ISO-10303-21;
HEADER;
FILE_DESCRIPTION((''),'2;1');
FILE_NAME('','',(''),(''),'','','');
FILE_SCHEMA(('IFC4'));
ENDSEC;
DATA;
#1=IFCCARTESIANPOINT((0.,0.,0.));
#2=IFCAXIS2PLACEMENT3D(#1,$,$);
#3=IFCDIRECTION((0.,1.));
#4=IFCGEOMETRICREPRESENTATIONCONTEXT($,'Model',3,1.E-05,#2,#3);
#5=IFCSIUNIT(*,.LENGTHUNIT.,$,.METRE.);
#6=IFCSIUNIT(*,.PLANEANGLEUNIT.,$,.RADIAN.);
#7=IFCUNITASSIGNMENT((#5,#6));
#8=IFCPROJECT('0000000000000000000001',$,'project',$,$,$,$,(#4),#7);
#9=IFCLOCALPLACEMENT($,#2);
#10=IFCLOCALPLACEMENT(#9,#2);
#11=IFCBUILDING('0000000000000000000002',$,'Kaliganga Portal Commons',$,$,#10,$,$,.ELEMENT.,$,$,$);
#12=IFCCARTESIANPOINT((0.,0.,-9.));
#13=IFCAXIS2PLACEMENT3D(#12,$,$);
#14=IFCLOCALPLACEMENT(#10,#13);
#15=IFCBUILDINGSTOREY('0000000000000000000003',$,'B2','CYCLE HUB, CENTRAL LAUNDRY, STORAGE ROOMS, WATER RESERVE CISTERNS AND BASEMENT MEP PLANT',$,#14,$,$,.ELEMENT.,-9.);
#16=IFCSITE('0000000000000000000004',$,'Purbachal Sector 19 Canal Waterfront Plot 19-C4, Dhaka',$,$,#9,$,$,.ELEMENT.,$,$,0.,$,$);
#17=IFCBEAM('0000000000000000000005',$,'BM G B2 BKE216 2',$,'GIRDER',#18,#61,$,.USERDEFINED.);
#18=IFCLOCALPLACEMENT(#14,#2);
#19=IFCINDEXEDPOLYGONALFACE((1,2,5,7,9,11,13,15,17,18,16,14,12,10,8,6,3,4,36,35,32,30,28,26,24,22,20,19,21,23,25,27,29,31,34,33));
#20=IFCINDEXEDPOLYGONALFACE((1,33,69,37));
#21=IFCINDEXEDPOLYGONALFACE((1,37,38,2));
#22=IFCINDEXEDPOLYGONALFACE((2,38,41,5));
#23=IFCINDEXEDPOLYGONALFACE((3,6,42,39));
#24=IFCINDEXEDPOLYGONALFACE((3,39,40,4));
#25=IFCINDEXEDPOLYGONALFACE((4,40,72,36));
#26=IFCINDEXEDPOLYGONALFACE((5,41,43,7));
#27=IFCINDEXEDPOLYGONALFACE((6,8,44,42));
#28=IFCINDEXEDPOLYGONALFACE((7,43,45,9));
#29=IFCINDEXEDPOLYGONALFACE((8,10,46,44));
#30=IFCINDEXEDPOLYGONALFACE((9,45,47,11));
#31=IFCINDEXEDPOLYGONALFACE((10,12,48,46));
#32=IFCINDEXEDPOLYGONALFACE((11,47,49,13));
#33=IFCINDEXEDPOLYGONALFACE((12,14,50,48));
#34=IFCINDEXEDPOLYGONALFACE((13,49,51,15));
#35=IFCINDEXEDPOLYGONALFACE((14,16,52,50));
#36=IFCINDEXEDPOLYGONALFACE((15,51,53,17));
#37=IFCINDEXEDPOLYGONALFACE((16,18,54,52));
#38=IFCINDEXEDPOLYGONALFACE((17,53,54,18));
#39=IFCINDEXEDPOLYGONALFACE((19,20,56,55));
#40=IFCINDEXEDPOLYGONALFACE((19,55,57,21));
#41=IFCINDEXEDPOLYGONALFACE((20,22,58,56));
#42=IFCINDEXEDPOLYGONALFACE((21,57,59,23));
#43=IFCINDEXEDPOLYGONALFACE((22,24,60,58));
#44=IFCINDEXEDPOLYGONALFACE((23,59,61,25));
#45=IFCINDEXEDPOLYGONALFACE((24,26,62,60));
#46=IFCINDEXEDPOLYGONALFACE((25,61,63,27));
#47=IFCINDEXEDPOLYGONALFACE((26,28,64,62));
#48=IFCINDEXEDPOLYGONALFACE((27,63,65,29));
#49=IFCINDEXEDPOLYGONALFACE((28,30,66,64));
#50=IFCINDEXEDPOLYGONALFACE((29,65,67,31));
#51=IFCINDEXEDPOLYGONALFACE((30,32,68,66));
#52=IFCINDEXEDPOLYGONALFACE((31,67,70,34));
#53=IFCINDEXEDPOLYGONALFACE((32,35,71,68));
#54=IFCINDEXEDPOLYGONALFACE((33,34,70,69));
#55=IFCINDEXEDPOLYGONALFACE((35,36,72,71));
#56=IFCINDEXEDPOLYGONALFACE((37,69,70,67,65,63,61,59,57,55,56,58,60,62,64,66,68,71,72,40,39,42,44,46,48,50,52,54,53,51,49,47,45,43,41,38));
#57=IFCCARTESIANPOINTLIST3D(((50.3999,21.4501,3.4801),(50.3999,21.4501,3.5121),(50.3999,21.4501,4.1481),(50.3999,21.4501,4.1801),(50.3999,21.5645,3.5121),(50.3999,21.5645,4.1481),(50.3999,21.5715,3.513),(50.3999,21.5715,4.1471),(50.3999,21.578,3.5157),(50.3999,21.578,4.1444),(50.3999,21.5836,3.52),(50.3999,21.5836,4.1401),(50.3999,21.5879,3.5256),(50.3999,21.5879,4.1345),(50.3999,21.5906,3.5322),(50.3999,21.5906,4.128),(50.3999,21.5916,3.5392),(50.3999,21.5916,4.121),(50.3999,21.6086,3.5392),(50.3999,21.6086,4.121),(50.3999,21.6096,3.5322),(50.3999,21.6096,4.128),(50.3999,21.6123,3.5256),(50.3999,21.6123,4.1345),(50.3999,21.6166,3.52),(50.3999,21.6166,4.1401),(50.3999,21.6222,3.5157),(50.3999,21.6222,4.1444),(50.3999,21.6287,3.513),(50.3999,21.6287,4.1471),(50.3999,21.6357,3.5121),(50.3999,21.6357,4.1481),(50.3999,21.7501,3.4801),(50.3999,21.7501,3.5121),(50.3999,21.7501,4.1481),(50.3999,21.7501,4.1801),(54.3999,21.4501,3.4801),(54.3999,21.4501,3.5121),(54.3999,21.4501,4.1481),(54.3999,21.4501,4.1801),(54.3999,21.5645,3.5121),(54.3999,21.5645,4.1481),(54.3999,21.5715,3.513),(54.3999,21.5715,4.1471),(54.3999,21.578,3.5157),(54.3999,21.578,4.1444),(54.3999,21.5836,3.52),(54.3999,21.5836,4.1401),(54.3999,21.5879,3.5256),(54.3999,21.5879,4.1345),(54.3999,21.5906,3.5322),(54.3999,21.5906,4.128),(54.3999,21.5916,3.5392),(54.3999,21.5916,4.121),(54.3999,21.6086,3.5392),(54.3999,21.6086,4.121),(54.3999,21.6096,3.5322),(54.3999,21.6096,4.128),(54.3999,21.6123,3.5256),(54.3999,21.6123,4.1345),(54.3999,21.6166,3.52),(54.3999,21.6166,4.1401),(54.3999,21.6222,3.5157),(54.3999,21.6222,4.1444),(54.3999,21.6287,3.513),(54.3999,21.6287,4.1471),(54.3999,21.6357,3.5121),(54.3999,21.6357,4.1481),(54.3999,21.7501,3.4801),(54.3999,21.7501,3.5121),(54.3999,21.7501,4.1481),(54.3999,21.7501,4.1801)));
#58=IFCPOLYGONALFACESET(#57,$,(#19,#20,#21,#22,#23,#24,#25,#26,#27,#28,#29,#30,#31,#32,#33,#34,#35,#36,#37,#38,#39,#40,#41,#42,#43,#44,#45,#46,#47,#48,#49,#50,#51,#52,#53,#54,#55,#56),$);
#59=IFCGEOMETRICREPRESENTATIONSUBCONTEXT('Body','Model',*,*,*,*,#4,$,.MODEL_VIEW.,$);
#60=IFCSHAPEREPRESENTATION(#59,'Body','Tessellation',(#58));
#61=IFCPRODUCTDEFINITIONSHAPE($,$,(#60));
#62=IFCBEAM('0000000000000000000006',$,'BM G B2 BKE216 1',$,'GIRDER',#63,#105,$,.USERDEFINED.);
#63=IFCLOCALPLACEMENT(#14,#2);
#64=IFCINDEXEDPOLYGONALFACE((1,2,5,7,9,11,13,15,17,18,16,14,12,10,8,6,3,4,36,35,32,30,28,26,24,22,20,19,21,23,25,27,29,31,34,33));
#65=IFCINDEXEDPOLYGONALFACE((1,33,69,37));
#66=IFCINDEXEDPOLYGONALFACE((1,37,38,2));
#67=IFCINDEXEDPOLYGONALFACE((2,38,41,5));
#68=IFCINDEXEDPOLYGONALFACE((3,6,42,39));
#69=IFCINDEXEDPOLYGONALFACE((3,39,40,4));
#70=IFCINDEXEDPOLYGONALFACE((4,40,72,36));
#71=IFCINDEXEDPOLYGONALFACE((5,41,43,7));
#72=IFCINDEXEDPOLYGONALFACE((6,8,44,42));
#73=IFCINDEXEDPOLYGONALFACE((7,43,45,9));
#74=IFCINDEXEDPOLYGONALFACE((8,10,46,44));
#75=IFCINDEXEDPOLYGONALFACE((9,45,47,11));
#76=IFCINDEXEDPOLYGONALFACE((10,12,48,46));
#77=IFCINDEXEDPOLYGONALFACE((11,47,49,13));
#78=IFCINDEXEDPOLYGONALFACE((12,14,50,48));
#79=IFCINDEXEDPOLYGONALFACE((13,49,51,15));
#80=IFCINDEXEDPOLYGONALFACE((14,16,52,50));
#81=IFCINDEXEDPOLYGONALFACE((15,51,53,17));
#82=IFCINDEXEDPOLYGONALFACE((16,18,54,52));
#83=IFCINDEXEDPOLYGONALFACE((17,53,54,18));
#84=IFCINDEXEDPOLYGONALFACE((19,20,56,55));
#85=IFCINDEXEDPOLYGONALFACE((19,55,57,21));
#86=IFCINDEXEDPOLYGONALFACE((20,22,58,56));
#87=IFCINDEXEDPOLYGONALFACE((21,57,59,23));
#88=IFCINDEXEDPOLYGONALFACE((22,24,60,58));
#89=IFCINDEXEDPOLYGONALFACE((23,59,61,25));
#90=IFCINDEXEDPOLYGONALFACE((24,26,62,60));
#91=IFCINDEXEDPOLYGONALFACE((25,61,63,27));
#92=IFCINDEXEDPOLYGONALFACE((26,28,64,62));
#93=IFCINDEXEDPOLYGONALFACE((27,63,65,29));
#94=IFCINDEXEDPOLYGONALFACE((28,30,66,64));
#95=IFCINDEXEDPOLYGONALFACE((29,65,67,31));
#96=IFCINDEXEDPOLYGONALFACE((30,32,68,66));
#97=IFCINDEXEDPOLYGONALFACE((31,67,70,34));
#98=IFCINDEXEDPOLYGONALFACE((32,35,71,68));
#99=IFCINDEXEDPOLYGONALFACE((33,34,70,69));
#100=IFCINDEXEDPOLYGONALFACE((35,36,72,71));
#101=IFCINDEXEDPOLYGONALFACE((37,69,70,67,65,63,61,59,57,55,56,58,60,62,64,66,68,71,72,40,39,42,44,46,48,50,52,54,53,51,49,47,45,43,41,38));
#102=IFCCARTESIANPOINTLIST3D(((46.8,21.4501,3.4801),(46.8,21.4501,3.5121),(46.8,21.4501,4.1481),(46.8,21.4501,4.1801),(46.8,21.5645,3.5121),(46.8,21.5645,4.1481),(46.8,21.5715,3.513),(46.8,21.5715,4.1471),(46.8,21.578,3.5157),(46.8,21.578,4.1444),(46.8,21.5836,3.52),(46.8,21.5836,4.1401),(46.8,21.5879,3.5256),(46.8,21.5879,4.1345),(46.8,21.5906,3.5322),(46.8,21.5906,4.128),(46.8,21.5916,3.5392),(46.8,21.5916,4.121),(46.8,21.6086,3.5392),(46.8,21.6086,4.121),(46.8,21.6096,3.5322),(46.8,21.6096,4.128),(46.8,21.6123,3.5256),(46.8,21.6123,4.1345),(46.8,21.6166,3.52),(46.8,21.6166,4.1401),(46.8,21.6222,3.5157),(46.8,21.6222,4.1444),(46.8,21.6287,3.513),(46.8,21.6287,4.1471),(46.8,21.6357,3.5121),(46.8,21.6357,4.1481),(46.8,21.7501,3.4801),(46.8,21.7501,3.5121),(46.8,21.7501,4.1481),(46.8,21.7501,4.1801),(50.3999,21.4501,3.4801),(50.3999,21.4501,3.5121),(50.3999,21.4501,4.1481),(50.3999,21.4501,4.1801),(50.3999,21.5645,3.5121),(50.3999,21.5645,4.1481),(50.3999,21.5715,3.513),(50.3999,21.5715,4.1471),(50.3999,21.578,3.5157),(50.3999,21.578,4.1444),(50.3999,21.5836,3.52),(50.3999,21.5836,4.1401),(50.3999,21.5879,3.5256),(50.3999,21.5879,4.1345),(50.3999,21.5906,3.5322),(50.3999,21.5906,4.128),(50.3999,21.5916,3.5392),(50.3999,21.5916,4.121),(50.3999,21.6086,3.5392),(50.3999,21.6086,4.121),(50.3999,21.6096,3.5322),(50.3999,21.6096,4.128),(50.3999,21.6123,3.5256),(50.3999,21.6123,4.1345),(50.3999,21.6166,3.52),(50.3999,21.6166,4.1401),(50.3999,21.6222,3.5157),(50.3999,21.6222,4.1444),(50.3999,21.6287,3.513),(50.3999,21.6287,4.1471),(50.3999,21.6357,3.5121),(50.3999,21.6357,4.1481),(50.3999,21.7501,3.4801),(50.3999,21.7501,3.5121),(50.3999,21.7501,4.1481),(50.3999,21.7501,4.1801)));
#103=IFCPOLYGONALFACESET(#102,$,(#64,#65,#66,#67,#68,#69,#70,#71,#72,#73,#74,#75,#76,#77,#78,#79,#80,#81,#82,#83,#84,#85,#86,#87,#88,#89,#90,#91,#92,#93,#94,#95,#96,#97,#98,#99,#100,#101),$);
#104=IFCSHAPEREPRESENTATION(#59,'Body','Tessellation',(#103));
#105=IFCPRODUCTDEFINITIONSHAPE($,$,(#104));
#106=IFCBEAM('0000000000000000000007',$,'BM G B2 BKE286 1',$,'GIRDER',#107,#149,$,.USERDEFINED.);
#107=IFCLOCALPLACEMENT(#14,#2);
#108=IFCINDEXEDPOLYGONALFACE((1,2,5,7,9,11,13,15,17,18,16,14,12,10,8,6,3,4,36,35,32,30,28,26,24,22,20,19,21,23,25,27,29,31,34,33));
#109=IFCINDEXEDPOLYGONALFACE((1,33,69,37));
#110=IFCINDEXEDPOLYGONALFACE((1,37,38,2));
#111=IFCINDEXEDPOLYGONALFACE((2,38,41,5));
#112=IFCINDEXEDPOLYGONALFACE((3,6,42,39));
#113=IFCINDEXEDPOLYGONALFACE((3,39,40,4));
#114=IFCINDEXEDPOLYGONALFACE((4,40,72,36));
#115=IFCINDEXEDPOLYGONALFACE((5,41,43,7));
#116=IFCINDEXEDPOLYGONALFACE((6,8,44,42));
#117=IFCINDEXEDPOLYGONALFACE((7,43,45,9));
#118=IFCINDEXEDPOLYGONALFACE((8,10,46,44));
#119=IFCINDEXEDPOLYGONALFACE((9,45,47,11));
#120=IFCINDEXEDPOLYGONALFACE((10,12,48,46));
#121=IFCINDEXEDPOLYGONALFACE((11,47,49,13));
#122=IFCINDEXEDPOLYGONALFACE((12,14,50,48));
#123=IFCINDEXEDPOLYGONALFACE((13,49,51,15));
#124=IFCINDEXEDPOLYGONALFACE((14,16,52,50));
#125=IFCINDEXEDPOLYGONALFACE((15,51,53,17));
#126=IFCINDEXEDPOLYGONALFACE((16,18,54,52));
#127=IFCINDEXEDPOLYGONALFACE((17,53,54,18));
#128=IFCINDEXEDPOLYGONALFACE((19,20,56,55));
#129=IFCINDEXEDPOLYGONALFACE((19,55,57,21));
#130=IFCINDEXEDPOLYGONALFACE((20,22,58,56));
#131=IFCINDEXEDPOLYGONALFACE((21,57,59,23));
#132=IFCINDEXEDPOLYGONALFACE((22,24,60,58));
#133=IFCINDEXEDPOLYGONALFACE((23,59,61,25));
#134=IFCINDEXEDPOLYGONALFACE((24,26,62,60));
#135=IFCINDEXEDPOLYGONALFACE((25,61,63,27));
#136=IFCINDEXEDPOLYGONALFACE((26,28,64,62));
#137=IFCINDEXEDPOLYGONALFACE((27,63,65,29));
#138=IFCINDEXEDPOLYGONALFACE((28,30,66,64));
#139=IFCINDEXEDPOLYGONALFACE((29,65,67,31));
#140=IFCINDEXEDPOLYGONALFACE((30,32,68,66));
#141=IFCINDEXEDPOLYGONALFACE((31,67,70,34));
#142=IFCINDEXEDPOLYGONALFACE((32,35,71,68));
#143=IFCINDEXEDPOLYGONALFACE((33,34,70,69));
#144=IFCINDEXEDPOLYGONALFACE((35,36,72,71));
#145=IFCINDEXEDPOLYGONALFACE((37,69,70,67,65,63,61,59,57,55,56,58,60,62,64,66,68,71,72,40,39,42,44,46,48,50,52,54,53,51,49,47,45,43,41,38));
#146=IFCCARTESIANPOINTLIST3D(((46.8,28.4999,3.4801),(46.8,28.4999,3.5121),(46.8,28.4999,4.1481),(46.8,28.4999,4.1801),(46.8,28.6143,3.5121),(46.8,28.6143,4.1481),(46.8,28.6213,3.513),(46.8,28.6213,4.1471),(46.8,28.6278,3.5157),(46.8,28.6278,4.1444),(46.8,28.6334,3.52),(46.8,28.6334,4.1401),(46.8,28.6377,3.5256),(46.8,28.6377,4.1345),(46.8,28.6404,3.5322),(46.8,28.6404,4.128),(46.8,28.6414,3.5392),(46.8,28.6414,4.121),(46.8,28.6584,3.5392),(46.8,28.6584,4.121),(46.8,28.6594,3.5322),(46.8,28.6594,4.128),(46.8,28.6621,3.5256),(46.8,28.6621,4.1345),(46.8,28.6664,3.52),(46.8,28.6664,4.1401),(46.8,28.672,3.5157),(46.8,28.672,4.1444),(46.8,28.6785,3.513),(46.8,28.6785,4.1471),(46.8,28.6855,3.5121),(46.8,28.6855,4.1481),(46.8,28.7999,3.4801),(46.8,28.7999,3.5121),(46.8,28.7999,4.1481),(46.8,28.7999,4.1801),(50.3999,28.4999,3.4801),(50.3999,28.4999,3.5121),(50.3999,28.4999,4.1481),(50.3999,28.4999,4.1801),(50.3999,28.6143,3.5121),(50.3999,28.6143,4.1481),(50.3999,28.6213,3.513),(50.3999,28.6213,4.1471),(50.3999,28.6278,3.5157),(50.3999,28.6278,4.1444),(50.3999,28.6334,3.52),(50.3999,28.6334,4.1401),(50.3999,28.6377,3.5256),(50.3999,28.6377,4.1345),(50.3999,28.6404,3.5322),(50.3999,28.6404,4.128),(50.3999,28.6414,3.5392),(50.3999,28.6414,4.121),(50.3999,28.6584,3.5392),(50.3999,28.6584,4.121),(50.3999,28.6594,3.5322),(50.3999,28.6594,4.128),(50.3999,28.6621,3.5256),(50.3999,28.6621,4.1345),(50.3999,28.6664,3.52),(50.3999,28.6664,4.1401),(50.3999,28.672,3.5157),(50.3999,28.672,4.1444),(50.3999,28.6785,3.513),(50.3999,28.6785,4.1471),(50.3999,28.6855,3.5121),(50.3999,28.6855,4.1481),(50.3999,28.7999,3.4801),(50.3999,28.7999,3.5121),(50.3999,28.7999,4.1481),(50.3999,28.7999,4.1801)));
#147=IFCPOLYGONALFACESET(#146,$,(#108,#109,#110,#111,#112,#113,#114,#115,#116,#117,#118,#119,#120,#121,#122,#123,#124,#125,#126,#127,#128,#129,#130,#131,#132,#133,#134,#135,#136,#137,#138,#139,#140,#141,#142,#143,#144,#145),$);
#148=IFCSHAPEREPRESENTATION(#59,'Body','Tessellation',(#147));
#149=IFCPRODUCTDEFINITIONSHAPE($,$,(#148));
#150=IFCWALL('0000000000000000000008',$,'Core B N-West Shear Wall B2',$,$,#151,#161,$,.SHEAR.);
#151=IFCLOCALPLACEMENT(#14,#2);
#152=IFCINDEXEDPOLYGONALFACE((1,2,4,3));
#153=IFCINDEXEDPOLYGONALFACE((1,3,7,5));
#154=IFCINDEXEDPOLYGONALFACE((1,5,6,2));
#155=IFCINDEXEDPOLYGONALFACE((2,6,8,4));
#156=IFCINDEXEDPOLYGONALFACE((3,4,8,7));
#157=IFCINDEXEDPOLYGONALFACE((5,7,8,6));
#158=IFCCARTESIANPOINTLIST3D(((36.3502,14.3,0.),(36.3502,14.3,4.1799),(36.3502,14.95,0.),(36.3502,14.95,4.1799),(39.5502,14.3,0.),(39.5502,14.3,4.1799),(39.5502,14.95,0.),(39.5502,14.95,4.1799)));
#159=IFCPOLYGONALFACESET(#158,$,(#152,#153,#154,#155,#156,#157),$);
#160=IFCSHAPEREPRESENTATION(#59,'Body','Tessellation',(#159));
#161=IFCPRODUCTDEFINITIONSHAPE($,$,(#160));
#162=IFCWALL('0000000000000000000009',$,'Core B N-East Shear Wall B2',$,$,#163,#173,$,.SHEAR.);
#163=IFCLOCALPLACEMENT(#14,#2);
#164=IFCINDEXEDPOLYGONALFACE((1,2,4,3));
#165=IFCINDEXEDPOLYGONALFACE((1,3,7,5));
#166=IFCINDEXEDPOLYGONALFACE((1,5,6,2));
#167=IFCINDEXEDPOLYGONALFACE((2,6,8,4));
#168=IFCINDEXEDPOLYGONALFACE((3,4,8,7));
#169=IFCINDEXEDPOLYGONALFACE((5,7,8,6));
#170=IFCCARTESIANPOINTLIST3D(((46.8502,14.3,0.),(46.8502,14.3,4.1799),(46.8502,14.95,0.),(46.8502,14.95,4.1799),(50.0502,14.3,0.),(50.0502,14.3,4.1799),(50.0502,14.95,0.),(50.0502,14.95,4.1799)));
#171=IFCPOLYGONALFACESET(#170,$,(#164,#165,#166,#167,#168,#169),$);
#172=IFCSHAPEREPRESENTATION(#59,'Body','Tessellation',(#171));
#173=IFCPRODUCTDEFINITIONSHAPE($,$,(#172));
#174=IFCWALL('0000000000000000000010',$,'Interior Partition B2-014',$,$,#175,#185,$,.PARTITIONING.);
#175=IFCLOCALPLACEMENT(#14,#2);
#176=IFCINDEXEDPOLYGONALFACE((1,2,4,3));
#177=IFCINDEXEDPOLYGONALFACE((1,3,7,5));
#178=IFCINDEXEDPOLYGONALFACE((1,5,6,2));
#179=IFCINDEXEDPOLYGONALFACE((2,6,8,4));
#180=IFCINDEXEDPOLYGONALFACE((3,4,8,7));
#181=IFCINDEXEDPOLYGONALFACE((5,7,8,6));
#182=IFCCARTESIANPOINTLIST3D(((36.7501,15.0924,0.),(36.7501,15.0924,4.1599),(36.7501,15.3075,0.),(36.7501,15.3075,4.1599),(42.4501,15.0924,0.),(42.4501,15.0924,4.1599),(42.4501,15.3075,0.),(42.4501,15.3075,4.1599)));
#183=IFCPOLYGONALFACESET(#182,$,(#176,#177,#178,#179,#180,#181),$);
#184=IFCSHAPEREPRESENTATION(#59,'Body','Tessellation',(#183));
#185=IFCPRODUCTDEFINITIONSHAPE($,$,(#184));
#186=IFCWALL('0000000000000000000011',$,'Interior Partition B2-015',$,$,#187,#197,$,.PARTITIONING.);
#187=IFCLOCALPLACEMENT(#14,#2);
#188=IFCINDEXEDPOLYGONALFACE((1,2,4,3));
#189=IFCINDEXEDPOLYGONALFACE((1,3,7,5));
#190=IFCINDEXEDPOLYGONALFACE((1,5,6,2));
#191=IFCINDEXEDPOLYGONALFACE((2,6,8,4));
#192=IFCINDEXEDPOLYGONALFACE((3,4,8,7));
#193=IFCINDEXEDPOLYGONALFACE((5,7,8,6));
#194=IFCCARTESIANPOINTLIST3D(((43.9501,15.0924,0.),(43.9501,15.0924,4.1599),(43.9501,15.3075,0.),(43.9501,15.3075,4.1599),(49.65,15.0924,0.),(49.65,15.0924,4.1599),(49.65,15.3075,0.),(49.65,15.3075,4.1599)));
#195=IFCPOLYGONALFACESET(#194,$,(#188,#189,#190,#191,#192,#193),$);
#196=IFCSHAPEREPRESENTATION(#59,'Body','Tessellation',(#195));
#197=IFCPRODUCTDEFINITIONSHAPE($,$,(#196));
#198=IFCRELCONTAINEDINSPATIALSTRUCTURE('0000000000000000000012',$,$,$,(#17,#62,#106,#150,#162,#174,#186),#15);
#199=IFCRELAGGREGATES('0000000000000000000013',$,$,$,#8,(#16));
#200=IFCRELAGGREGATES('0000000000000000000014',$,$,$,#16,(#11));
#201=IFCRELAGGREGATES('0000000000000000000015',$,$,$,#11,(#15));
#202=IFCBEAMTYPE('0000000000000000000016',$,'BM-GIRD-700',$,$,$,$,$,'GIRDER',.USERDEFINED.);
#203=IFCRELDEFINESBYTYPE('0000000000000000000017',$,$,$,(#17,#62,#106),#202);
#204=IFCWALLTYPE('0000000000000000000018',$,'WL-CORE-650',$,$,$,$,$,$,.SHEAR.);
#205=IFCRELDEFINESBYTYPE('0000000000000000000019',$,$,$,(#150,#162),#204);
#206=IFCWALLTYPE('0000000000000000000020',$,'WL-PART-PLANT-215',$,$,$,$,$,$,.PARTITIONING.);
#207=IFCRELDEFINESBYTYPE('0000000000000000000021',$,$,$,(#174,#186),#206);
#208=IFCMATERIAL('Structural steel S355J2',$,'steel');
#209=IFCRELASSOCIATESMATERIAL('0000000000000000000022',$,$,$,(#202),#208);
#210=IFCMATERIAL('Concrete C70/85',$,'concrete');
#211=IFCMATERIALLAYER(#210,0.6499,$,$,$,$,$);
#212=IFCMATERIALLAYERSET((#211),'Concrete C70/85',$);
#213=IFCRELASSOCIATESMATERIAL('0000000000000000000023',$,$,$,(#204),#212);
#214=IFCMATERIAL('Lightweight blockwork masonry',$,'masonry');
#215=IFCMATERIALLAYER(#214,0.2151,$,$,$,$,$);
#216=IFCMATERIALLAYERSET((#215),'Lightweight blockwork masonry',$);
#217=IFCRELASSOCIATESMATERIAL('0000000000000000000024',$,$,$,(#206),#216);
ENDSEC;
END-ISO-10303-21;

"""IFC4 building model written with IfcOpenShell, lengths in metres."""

from ifc_helpers import new_model, si_unit, direction, frame, frame_2d, origin, origin_2d, place, context, subcontext, project, spatial, rectangle, i_section, extrude, source, transform, mapped, material, layer, layer_set, material_profile, profile_set, type_object, element, save


model = new_model("IFC4")

# Units and contexts
model_context = context("Model", 3, precision=1e-05, world=origin(), true_north=direction((0.0, 1.0)))
body_context = subcontext(model_context, "Body", "Model", "MODEL_VIEW")
ifc_project = project(units=[si_unit("LENGTHUNIT", "METRE"), si_unit("PLANEANGLEUNIT", "RADIAN")], contexts=[model_context])

# Site, building, storey
site_placement = place(None, origin())
site = spatial("IfcSite", under=ifc_project, at=site_placement, Name="Purbachal Sector 19 Canal Waterfront Plot 19-C4, Dhaka", CompositionType="ELEMENT", RefElevation=0.0)
building_placement = place(site_placement, origin())
building = spatial("IfcBuilding", under=site, at=building_placement, Name="Kaliganga Portal Commons", CompositionType="ELEMENT")
storey_placement = place(building_placement, frame((0.0, 0.0, -9.0)))
storey = spatial("IfcBuildingStorey", under=building, at=storey_placement, Name="B2", Description="CYCLE HUB, CENTRAL LAUNDRY, STORAGE ROOMS, WATER RESERVE CISTERNS AND BASEMENT MEP PLANT", CompositionType="ELEMENT", Elevation=-9.0)

# Shared definitions
ifc_material_1 = material(Name="Concrete C70/85", Category="concrete")

# Beams
ifc_material_2 = material(Name="Structural steel S355J2", Category="steel")
ifc_material_profile_1 = material_profile(ifc_material_2, i_section(OverallWidth=0.3, OverallDepth=0.7, WebThickness=0.0171, FlangeThickness=0.032, FilletRadius=0.0271, at=origin_2d()), Name="HE 700 B")
ifc_profile_set_1 = profile_set([ifc_material_profile_1], Name="Structural steel S355J2 wide-flange")
beam_type_1 = type_object("IfcBeamType", Name="BM-GIRD-700", ElementType="GIRDER", PredefinedType="USERDEFINED", material=ifc_profile_set_1)
shared_shape_1 = source(origin(), body_context, "Body", "SweptSolid", [
    extrude(i_section(OverallWidth=0.3, OverallDepth=0.7, WebThickness=0.0171, FlangeThickness=0.032, FilletRadius=0.0271, at=origin_2d()), origin(), (0.0, 0.0, 1.0), 4.0),
])
beam_1_placement = place(storey_placement, frame((50.3999, 21.6001, 3.8301), z_axis=(1.0, 0.0, 0.0), x_axis=(0.0, 1.0, 0.0)))
element("IfcBeam", 1, at=beam_1_placement, inside=storey, type_object=beam_type_1, Name="BM G B2 BKE216 2", ObjectType="GIRDER", PredefinedType="USERDEFINED", context=body_context, shape_type="MappedRepresentation", body=[
    mapped(shared_shape_1, transform((0.0, 0.0, 0.0), x_axis=(1.0, 0.0, 0.0), y_axis=(0.0, 1.0, 0.0), z_axis=(0.0, 0.0, 1.0), scale=1.0)),
])
shared_shape_2 = source(origin(), body_context, "Body", "SweptSolid", [
    extrude(i_section(OverallWidth=0.3, OverallDepth=0.7, WebThickness=0.0171, FlangeThickness=0.032, FilletRadius=0.0271, at=origin_2d()), origin(), (0.0, 0.0, 1.0), 3.5999),
])
for number, where, z_axis, x_axis, name in (
    (2, (46.8, 21.6001, 3.8301), (1.0, 0.0, 0.0), (0.0, 1.0, 0.0), "BM G B2 BKE216 1"),
    (3, (46.8, 28.6499, 3.8301), (1.0, 0.0, 0.0), (0.0, 1.0, 0.0), "BM G B2 BKE286 1"),
):
    element("IfcBeam", number, at=place(storey_placement, frame(where, z_axis=z_axis, x_axis=x_axis)), inside=storey, type_object=beam_type_1, Name=name, ObjectType="GIRDER", PredefinedType="USERDEFINED", context=body_context, shape_type="MappedRepresentation", body=[
        mapped(shared_shape_2, transform((0.0, 0.0, 0.0), x_axis=(1.0, 0.0, 0.0), y_axis=(0.0, 1.0, 0.0), z_axis=(0.0, 0.0, 1.0), scale=1.0)),
    ])

# Walls
ifc_layer_1 = layer(ifc_material_1, 0.6499)
ifc_layer_set_1 = layer_set([ifc_layer_1], Name="Concrete C70/85")
wall_type_1 = type_object("IfcWallType", Name="WL-CORE-650", PredefinedType="SHEAR", material=ifc_layer_set_1)
for number, where, z_axis, x_axis, name in (
    (4, (36.3501, 14.625, 0.0), (0.0, 0.0, 1.0), (1.0, 0.0, 0.0), "Core B N-West Shear Wall B2"),
    (5, (46.8501, 14.625, 0.0), (0.0, 0.0, 1.0), (1.0, 0.0, 0.0), "Core B N-East Shear Wall B2"),
):
    element("IfcWall", number, at=place(storey_placement, frame(where, z_axis=z_axis, x_axis=x_axis)), inside=storey, type_object=wall_type_1, Name=name, PredefinedType="SHEAR", context=body_context, shape_type="SweptSolid", body=[
        extrude(rectangle(XDim=3.2, YDim=0.6499, at=frame_2d((1.6001, 0.0))), origin(), (0.0, 0.0, 1.0), 4.1799),
    ])
ifc_material_3 = material(Name="Lightweight blockwork masonry", Category="masonry")
ifc_layer_2 = layer(ifc_material_3, 0.2151)
ifc_layer_set_2 = layer_set([ifc_layer_2], Name="Lightweight blockwork masonry")
wall_type_2 = type_object("IfcWallType", Name="WL-PART-PLANT-215", PredefinedType="PARTITIONING", material=ifc_layer_set_2)
for number, where, z_axis, x_axis, name in (
    (6, (36.75, 15.2, 0.0), (0.0, 0.0, 1.0), (1.0, 0.0, 0.0), "Interior Partition B2-014"),
    (7, (43.95, 15.2, 0.0), (0.0, 0.0, 1.0), (1.0, 0.0, 0.0), "Interior Partition B2-015"),
):
    element("IfcWall", number, at=place(storey_placement, frame(where, z_axis=z_axis, x_axis=x_axis)), inside=storey, type_object=wall_type_2, Name=name, PredefinedType="PARTITIONING", context=body_context, shape_type="SweptSolid", body=[
        extrude(rectangle(XDim=5.7, YDim=0.2151, at=frame_2d((2.8501, 0.0))), origin(), (0.0, 0.0, 1.0), 4.1599),
    ])

save(model, "model.ifc")
